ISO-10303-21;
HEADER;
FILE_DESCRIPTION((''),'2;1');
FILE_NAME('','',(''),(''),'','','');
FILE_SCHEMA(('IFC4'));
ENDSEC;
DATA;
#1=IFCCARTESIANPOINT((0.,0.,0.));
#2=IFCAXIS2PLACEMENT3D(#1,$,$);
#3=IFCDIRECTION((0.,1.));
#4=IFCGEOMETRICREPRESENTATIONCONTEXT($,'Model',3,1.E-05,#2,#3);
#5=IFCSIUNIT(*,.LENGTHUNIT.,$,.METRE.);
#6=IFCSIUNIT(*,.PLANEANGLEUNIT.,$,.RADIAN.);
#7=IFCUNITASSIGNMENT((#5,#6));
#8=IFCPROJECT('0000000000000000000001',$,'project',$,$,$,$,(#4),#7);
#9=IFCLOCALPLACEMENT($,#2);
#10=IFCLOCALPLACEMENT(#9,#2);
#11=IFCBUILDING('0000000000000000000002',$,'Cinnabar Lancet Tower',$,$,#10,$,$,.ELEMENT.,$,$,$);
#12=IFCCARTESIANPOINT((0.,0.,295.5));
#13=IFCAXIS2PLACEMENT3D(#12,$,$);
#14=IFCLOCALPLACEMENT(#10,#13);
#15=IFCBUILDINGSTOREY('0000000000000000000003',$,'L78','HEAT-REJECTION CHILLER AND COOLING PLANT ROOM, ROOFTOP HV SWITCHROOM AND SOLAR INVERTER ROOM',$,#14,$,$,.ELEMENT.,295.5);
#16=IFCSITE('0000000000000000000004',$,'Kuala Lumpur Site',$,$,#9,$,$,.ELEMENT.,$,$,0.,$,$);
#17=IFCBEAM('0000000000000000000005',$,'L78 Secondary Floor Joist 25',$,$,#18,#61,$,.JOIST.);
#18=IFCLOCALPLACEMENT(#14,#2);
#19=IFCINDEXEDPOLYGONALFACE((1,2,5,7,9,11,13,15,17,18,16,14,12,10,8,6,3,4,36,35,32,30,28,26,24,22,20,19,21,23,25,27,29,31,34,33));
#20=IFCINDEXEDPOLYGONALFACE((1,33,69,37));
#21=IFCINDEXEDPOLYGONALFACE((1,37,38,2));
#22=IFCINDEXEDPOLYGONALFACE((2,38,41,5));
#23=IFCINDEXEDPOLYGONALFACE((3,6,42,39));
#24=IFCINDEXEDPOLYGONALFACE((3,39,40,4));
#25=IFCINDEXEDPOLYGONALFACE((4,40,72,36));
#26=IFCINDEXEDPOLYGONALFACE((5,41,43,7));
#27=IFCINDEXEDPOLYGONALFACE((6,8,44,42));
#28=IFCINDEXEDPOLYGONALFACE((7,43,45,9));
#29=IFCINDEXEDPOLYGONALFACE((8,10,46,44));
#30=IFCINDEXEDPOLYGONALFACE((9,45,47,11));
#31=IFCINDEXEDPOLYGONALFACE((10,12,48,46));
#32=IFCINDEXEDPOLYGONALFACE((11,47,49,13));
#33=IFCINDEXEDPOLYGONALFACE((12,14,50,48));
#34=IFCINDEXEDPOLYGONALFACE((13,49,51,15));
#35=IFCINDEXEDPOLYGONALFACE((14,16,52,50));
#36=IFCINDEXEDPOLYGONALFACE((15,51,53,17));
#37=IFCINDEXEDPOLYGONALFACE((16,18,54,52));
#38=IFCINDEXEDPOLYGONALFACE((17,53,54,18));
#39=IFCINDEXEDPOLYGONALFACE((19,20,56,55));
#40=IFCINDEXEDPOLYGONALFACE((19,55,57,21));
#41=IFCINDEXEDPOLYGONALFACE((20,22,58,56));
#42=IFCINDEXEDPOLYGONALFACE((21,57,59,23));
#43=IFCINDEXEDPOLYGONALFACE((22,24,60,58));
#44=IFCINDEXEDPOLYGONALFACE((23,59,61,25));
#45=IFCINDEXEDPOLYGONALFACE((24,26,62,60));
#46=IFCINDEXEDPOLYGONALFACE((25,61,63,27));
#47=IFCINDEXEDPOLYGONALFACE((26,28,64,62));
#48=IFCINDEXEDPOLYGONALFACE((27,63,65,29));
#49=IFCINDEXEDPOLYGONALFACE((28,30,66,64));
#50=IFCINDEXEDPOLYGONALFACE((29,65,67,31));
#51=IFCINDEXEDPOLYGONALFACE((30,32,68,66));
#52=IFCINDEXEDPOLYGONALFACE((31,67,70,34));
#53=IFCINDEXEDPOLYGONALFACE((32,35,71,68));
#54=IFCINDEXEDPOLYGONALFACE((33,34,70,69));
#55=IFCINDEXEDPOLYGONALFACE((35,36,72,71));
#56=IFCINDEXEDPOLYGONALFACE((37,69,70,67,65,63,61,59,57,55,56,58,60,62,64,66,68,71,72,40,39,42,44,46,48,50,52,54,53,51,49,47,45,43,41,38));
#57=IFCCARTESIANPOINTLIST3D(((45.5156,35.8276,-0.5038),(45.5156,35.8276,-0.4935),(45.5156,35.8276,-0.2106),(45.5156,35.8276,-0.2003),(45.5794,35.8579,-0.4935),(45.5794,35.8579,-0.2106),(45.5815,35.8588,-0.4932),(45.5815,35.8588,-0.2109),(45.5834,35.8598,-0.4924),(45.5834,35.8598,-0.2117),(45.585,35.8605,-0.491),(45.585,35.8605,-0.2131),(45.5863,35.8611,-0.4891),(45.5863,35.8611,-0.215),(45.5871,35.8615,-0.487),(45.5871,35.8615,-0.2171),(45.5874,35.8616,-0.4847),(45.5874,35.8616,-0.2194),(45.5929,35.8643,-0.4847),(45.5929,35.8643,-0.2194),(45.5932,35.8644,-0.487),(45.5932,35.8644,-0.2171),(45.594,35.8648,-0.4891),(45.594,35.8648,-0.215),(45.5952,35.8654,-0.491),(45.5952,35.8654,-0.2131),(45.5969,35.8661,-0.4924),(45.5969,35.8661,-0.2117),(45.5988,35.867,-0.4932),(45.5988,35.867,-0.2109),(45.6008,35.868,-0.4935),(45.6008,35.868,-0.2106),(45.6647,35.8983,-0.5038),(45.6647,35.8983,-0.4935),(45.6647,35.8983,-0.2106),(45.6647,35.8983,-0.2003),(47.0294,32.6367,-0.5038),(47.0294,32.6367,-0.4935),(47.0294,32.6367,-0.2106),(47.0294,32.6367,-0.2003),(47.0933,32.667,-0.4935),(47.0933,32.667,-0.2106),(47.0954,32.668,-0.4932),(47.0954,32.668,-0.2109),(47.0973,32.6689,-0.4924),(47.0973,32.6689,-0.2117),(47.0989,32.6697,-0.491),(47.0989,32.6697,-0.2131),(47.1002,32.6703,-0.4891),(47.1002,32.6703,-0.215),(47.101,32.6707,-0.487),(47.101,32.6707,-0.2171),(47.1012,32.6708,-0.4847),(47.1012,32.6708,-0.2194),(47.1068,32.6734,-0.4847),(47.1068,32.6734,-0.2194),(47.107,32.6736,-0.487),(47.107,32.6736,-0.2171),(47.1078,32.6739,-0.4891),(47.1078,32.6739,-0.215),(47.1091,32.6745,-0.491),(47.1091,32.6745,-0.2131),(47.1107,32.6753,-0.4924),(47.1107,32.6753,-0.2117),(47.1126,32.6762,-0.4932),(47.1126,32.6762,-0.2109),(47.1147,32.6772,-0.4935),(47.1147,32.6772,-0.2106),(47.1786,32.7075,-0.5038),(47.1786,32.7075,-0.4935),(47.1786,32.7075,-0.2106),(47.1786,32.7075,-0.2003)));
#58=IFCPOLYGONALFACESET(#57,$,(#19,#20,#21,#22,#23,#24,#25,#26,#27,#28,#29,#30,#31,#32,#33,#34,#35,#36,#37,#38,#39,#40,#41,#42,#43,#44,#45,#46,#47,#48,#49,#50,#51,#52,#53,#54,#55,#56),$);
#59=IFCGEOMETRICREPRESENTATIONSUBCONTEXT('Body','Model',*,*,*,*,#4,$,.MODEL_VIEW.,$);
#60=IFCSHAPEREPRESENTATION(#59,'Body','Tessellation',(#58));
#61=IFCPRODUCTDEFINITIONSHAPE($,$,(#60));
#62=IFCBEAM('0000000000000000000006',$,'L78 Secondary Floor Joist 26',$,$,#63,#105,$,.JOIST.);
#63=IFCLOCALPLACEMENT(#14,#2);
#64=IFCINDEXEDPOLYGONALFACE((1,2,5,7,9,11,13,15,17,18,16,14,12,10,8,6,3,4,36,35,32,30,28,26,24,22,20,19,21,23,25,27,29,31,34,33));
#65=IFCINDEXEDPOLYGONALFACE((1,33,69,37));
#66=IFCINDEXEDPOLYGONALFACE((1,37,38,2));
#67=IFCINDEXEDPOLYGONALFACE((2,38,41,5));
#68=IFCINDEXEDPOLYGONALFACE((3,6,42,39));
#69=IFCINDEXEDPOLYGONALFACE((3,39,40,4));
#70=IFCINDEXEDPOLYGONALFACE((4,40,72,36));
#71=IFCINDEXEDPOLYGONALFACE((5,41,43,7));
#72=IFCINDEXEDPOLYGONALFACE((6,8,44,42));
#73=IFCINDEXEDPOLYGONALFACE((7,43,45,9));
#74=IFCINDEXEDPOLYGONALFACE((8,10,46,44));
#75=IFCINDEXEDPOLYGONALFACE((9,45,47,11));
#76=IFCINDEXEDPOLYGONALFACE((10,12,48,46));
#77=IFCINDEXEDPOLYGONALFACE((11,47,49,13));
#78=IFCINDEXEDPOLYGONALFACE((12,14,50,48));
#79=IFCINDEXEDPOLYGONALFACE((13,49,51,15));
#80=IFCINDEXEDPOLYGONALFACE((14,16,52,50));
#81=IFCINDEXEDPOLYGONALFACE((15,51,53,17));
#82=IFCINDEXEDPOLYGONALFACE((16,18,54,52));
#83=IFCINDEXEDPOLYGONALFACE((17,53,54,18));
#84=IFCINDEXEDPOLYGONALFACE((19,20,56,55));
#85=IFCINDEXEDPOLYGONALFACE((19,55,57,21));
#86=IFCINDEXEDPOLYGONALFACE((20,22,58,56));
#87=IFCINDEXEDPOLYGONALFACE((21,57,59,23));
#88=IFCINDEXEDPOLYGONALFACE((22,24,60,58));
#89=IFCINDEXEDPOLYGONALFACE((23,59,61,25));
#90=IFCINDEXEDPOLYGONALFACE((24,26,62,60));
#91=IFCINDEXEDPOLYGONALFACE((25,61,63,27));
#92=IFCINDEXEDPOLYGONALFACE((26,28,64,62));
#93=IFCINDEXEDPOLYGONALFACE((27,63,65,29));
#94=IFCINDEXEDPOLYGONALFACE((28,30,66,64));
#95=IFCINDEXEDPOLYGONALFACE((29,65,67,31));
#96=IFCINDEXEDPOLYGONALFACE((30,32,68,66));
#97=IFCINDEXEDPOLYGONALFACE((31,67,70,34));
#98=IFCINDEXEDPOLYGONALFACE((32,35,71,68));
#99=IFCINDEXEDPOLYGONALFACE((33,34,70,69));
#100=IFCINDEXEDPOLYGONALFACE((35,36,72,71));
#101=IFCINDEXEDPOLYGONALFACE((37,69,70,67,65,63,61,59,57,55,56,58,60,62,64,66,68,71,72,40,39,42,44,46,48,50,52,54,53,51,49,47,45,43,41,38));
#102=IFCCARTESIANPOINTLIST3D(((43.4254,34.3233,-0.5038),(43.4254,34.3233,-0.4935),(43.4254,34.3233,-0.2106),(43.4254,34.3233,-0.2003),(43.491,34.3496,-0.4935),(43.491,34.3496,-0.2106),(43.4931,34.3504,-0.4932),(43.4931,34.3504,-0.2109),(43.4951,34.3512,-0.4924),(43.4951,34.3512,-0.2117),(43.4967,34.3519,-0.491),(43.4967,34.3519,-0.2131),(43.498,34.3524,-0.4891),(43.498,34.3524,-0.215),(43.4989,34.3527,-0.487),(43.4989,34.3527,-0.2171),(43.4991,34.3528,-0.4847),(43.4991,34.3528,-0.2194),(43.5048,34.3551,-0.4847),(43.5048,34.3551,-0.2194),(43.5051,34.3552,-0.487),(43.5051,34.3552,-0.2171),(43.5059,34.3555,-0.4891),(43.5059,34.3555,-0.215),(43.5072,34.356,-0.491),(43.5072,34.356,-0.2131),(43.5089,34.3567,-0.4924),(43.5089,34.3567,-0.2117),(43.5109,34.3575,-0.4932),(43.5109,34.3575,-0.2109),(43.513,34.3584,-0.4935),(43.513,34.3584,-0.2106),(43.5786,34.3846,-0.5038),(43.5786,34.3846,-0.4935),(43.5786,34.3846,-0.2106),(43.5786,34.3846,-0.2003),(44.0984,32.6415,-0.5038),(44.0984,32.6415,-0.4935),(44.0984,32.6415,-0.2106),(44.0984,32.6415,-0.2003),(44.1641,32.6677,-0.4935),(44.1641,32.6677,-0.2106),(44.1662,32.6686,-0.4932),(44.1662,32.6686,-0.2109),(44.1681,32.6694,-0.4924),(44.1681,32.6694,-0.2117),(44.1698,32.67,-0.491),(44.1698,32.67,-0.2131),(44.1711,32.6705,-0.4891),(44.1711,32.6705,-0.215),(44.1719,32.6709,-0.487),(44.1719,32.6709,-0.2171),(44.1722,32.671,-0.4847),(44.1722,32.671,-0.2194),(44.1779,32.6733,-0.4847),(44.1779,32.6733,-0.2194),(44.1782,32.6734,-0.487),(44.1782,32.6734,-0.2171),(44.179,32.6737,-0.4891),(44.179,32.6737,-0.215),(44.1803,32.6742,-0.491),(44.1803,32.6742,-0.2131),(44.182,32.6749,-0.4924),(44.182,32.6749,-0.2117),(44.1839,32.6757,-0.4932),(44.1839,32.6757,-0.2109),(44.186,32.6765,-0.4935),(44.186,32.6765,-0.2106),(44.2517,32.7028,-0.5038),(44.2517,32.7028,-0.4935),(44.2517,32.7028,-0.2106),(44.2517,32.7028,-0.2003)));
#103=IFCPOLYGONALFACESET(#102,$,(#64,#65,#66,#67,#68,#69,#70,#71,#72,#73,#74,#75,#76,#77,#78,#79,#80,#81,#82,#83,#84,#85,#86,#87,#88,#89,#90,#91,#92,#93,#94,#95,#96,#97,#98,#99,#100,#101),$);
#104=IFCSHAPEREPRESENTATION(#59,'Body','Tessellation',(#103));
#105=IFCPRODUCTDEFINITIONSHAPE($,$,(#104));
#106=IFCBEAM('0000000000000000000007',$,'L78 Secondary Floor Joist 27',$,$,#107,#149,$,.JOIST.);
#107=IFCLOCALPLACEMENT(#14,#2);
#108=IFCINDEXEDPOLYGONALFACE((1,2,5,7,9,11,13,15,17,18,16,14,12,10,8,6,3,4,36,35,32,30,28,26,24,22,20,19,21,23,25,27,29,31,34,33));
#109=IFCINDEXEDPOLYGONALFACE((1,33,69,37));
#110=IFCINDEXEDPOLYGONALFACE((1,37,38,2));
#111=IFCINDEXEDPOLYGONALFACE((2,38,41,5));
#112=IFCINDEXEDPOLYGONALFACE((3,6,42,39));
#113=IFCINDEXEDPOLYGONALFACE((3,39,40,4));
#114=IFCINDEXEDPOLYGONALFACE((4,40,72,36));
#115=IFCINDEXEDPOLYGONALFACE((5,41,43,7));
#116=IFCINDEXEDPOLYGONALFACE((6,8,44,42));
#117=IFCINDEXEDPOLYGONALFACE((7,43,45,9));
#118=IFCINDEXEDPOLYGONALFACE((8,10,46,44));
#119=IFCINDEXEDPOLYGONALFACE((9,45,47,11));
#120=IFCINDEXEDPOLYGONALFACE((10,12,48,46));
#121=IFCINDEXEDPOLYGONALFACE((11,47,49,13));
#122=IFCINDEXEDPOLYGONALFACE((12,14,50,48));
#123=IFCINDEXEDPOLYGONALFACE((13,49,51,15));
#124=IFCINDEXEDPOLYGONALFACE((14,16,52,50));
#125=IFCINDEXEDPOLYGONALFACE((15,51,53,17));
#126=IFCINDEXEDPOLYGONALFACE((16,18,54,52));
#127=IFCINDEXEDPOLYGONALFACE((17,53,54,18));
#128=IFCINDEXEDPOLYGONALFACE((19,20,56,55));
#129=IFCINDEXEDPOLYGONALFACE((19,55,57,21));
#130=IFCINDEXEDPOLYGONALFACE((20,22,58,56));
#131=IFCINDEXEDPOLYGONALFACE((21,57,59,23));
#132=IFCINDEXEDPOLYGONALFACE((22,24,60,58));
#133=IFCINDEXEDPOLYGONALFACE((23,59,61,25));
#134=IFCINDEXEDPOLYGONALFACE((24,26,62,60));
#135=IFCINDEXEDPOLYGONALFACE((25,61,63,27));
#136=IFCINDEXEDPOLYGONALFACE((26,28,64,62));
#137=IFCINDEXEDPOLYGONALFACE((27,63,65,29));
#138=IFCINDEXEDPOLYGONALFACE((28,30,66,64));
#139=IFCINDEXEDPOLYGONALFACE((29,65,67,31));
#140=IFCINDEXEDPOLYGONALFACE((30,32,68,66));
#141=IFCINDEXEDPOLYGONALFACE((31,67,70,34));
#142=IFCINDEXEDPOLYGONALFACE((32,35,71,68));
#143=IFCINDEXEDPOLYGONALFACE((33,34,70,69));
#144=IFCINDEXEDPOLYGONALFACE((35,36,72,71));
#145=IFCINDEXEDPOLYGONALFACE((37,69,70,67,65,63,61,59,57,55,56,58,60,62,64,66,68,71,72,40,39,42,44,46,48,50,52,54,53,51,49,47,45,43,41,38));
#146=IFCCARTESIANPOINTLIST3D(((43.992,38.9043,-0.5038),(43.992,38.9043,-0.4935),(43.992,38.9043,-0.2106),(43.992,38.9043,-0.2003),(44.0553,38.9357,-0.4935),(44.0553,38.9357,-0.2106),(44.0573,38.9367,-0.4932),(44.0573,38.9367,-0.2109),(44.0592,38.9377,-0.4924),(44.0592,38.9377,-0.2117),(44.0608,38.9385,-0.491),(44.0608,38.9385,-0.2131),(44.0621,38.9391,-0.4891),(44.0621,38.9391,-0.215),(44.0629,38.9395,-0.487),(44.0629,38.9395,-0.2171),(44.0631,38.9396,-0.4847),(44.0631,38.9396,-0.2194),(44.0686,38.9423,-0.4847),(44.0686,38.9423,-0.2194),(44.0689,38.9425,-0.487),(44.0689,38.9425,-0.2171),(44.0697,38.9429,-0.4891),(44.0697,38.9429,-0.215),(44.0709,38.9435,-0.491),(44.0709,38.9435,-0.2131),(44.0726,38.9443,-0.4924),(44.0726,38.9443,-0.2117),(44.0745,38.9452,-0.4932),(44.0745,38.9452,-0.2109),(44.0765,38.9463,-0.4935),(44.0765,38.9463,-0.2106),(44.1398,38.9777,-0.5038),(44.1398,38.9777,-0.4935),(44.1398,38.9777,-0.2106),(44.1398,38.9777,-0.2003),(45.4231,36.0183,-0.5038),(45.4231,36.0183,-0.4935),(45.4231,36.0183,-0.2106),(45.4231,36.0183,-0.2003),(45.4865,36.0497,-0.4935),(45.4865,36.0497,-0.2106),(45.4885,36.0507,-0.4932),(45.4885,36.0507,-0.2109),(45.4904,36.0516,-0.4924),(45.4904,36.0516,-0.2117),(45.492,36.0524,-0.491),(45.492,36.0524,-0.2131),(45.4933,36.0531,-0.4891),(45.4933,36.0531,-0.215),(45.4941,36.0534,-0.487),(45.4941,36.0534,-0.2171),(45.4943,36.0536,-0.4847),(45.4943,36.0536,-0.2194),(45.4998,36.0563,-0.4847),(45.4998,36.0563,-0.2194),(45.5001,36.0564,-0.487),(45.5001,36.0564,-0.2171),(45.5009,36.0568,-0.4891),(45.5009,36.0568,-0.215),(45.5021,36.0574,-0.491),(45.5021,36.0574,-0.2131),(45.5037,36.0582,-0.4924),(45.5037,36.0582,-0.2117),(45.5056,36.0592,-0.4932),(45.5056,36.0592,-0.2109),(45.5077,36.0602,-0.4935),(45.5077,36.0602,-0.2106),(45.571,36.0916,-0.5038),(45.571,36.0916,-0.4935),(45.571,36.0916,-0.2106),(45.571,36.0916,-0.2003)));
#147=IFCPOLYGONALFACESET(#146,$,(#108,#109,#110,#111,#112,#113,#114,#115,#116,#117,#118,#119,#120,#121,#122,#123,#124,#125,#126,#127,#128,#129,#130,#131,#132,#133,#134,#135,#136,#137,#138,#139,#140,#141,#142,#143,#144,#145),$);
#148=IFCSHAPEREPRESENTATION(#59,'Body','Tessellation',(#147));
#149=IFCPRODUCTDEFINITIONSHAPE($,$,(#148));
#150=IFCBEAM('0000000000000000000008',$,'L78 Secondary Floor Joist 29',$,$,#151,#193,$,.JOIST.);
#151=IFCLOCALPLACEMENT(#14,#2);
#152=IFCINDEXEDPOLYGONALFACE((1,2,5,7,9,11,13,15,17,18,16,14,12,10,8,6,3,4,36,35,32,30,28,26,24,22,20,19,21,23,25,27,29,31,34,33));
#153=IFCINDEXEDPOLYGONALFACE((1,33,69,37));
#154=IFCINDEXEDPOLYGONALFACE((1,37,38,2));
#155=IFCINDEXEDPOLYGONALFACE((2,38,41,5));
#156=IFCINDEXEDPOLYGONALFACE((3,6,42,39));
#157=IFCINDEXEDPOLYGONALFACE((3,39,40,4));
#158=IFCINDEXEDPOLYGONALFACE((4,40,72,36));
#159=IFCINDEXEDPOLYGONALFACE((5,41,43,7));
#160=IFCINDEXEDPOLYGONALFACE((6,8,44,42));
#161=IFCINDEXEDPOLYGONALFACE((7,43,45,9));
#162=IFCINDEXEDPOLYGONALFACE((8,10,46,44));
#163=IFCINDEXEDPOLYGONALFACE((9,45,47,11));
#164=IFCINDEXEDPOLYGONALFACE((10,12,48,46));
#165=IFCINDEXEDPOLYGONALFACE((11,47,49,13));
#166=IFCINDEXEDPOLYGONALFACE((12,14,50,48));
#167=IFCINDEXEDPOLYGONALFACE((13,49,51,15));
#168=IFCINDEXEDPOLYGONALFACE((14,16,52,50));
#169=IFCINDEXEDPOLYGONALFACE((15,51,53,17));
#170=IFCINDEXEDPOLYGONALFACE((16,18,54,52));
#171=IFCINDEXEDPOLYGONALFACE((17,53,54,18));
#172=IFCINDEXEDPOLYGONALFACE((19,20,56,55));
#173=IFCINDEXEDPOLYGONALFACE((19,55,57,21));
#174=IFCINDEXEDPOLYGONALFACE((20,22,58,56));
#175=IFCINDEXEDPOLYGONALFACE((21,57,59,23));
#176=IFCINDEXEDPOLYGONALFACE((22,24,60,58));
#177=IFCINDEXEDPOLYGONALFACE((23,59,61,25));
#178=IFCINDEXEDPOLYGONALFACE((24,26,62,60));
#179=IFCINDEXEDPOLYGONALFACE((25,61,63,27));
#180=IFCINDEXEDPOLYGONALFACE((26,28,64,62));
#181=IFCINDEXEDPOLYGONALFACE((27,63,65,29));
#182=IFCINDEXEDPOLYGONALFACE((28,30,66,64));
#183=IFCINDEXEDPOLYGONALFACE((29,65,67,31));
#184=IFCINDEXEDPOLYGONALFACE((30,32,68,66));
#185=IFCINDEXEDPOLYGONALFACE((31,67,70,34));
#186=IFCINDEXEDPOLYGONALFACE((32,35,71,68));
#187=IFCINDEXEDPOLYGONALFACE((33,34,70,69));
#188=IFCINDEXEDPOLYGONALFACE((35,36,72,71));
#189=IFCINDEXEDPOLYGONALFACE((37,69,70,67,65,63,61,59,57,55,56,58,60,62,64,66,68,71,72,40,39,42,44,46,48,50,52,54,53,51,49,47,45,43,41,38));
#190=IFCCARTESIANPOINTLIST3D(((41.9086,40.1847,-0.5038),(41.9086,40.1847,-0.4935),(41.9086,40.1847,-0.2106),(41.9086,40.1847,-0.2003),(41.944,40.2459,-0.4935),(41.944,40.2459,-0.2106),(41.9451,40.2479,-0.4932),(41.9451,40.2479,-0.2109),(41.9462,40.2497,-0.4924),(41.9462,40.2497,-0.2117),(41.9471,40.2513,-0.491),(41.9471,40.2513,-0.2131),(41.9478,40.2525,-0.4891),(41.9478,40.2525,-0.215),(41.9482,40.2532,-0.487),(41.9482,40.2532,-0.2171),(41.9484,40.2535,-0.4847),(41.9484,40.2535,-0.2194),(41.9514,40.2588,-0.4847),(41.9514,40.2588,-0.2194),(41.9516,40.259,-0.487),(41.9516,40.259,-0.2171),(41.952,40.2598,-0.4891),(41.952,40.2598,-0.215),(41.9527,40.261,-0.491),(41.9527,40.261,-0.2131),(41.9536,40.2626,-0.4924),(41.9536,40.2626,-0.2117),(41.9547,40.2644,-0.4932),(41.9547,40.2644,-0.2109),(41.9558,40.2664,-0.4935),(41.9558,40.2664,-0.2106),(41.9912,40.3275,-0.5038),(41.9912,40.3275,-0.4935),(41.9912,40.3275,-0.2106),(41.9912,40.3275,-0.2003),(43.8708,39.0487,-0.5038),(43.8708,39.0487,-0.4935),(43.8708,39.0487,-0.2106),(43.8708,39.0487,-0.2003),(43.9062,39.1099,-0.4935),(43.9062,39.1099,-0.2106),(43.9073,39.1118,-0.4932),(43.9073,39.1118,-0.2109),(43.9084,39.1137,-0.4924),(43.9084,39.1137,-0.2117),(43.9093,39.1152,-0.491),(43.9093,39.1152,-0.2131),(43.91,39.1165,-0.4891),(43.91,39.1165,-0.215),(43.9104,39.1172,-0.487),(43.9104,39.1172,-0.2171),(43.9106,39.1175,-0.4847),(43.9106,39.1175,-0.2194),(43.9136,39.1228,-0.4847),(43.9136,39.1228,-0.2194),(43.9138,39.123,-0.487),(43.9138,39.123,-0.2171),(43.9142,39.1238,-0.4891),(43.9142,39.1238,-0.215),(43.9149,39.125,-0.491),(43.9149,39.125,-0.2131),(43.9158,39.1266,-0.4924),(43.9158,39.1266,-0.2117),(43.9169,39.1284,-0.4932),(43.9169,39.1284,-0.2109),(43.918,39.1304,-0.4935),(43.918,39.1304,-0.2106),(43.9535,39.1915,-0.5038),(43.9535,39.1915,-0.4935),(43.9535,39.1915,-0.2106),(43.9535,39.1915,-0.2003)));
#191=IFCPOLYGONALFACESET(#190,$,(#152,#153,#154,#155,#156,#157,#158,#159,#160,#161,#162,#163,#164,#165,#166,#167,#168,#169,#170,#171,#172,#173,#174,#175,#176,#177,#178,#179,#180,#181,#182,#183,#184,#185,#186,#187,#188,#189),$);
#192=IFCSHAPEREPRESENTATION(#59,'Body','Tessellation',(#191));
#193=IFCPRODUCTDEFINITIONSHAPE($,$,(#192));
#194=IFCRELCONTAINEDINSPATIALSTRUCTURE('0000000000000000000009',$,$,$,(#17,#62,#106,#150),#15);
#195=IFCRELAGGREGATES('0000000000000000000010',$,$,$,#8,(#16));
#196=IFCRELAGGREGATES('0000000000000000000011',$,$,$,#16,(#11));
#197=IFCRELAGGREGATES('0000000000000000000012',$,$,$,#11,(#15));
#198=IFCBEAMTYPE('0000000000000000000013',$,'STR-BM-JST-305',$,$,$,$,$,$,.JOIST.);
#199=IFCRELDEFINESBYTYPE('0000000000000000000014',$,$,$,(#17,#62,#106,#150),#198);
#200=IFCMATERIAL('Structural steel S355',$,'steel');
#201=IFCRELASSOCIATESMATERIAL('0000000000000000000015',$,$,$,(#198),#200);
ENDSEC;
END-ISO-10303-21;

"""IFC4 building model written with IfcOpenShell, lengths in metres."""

from ifc_helpers import new_model, si_unit, direction, frame, origin, origin_2d, place, context, subcontext, project, spatial, i_section, extrude, material, material_profile, profile_set, type_object, element, save


model = new_model("IFC4")

# Units and contexts
model_context = context("Model", 3, precision=1e-05, world=origin(), true_north=direction((0.0, 1.0)))
body_context = subcontext(model_context, "Body", "Model", "MODEL_VIEW")
ifc_project = project(units=[si_unit("LENGTHUNIT", "METRE"), si_unit("PLANEANGLEUNIT", "RADIAN")], contexts=[model_context])

# Site, building, storey
site_placement = place(None, origin())
site = spatial("IfcSite", under=ifc_project, at=site_placement, Name="Kuala Lumpur Site", CompositionType="ELEMENT", RefElevation=0.0)
building_placement = place(site_placement, origin())
building = spatial("IfcBuilding", under=site, at=building_placement, Name="Cinnabar Lancet Tower", CompositionType="ELEMENT")
storey_placement = place(building_placement, frame((0.0, 0.0, 295.5)))
storey = spatial("IfcBuildingStorey", under=building, at=storey_placement, Name="L78", Description="HEAT-REJECTION CHILLER AND COOLING PLANT ROOM, ROOFTOP HV SWITCHROOM AND SOLAR INVERTER ROOM", CompositionType="ELEMENT", Elevation=295.5)

# Beams
ifc_material_1 = material(Name="Structural steel S355", Category="steel")
ifc_material_profile_1 = material_profile(ifc_material_1, i_section(OverallWidth=0.165, OverallDepth=0.3035, WebThickness=0.0061, FlangeThickness=0.0103, FilletRadius=0.0088, at=origin_2d()), Name="UKB 305x165x40")
ifc_profile_set_1 = profile_set([ifc_material_profile_1], Name="Structural steel S355")
beam_type_1 = type_object("IfcBeamType", Name="STR-BM-JST-305", PredefinedType="JOIST", material=ifc_profile_set_1)
beam_1_placement = place(storey_placement, frame((47.104, 32.6721, -0.3521), z_axis=(-0.428648, 0.903472, 0.0), x_axis=(-0.903472, -0.428648, 0.0)))
element("IfcBeam", 1, at=beam_1_placement, inside=storey, type_object=beam_type_1, Name="L78 Secondary Floor Joist 25", PredefinedType="JOIST", context=body_context, shape_type="SweptSolid", body=[
    extrude(i_section(OverallWidth=0.165, OverallDepth=0.3035, WebThickness=0.0061, FlangeThickness=0.0103, FilletRadius=0.0088, at=origin_2d()), origin(), (0.0, 0.0, 1.0), 3.5317),
])
beam_2_placement = place(storey_placement, frame((44.175, 32.6721, -0.3521), z_axis=(-0.371553, 0.928412, 0.0), x_axis=(-0.928412, -0.371553, 0.0)))
element("IfcBeam", 2, at=beam_2_placement, inside=storey, type_object=beam_type_1, Name="L78 Secondary Floor Joist 26", PredefinedType="JOIST", context=body_context, shape_type="SweptSolid", body=[
    extrude(i_section(OverallWidth=0.165, OverallDepth=0.3035, WebThickness=0.0061, FlangeThickness=0.0103, FilletRadius=0.0088, at=origin_2d()), origin(), (0.0, 0.0, 1.0), 1.8115),
])
beam_3_placement = place(storey_placement, frame((45.4971, 36.0549, -0.3521), z_axis=(-0.444271, 0.895893, 0.0), x_axis=(-0.895893, -0.444271, 0.0)))
element("IfcBeam", 3, at=beam_3_placement, inside=storey, type_object=beam_type_1, Name="L78 Secondary Floor Joist 27", PredefinedType="JOIST", context=body_context, shape_type="SweptSolid", body=[
    extrude(i_section(OverallWidth=0.165, OverallDepth=0.3035, WebThickness=0.0061, FlangeThickness=0.0103, FilletRadius=0.0088, at=origin_2d()), origin(), (0.0, 0.0, 1.0), 3.2214),
])
beam_4_placement = place(storey_placement, frame((43.9121, 39.1201, -0.3521), z_axis=(-0.865426, 0.501036, 0.0), x_axis=(-0.501036, -0.865426, 0.0)))
element("IfcBeam", 4, at=beam_4_placement, inside=storey, type_object=beam_type_1, Name="L78 Secondary Floor Joist 29", PredefinedType="JOIST", context=body_context, shape_type="SweptSolid", body=[
    extrude(i_section(OverallWidth=0.165, OverallDepth=0.3035, WebThickness=0.0061, FlangeThickness=0.0103, FilletRadius=0.0088, at=origin_2d()), origin(), (0.0, 0.0, 1.0), 2.2673),
])

save(model, "model.ifc")
